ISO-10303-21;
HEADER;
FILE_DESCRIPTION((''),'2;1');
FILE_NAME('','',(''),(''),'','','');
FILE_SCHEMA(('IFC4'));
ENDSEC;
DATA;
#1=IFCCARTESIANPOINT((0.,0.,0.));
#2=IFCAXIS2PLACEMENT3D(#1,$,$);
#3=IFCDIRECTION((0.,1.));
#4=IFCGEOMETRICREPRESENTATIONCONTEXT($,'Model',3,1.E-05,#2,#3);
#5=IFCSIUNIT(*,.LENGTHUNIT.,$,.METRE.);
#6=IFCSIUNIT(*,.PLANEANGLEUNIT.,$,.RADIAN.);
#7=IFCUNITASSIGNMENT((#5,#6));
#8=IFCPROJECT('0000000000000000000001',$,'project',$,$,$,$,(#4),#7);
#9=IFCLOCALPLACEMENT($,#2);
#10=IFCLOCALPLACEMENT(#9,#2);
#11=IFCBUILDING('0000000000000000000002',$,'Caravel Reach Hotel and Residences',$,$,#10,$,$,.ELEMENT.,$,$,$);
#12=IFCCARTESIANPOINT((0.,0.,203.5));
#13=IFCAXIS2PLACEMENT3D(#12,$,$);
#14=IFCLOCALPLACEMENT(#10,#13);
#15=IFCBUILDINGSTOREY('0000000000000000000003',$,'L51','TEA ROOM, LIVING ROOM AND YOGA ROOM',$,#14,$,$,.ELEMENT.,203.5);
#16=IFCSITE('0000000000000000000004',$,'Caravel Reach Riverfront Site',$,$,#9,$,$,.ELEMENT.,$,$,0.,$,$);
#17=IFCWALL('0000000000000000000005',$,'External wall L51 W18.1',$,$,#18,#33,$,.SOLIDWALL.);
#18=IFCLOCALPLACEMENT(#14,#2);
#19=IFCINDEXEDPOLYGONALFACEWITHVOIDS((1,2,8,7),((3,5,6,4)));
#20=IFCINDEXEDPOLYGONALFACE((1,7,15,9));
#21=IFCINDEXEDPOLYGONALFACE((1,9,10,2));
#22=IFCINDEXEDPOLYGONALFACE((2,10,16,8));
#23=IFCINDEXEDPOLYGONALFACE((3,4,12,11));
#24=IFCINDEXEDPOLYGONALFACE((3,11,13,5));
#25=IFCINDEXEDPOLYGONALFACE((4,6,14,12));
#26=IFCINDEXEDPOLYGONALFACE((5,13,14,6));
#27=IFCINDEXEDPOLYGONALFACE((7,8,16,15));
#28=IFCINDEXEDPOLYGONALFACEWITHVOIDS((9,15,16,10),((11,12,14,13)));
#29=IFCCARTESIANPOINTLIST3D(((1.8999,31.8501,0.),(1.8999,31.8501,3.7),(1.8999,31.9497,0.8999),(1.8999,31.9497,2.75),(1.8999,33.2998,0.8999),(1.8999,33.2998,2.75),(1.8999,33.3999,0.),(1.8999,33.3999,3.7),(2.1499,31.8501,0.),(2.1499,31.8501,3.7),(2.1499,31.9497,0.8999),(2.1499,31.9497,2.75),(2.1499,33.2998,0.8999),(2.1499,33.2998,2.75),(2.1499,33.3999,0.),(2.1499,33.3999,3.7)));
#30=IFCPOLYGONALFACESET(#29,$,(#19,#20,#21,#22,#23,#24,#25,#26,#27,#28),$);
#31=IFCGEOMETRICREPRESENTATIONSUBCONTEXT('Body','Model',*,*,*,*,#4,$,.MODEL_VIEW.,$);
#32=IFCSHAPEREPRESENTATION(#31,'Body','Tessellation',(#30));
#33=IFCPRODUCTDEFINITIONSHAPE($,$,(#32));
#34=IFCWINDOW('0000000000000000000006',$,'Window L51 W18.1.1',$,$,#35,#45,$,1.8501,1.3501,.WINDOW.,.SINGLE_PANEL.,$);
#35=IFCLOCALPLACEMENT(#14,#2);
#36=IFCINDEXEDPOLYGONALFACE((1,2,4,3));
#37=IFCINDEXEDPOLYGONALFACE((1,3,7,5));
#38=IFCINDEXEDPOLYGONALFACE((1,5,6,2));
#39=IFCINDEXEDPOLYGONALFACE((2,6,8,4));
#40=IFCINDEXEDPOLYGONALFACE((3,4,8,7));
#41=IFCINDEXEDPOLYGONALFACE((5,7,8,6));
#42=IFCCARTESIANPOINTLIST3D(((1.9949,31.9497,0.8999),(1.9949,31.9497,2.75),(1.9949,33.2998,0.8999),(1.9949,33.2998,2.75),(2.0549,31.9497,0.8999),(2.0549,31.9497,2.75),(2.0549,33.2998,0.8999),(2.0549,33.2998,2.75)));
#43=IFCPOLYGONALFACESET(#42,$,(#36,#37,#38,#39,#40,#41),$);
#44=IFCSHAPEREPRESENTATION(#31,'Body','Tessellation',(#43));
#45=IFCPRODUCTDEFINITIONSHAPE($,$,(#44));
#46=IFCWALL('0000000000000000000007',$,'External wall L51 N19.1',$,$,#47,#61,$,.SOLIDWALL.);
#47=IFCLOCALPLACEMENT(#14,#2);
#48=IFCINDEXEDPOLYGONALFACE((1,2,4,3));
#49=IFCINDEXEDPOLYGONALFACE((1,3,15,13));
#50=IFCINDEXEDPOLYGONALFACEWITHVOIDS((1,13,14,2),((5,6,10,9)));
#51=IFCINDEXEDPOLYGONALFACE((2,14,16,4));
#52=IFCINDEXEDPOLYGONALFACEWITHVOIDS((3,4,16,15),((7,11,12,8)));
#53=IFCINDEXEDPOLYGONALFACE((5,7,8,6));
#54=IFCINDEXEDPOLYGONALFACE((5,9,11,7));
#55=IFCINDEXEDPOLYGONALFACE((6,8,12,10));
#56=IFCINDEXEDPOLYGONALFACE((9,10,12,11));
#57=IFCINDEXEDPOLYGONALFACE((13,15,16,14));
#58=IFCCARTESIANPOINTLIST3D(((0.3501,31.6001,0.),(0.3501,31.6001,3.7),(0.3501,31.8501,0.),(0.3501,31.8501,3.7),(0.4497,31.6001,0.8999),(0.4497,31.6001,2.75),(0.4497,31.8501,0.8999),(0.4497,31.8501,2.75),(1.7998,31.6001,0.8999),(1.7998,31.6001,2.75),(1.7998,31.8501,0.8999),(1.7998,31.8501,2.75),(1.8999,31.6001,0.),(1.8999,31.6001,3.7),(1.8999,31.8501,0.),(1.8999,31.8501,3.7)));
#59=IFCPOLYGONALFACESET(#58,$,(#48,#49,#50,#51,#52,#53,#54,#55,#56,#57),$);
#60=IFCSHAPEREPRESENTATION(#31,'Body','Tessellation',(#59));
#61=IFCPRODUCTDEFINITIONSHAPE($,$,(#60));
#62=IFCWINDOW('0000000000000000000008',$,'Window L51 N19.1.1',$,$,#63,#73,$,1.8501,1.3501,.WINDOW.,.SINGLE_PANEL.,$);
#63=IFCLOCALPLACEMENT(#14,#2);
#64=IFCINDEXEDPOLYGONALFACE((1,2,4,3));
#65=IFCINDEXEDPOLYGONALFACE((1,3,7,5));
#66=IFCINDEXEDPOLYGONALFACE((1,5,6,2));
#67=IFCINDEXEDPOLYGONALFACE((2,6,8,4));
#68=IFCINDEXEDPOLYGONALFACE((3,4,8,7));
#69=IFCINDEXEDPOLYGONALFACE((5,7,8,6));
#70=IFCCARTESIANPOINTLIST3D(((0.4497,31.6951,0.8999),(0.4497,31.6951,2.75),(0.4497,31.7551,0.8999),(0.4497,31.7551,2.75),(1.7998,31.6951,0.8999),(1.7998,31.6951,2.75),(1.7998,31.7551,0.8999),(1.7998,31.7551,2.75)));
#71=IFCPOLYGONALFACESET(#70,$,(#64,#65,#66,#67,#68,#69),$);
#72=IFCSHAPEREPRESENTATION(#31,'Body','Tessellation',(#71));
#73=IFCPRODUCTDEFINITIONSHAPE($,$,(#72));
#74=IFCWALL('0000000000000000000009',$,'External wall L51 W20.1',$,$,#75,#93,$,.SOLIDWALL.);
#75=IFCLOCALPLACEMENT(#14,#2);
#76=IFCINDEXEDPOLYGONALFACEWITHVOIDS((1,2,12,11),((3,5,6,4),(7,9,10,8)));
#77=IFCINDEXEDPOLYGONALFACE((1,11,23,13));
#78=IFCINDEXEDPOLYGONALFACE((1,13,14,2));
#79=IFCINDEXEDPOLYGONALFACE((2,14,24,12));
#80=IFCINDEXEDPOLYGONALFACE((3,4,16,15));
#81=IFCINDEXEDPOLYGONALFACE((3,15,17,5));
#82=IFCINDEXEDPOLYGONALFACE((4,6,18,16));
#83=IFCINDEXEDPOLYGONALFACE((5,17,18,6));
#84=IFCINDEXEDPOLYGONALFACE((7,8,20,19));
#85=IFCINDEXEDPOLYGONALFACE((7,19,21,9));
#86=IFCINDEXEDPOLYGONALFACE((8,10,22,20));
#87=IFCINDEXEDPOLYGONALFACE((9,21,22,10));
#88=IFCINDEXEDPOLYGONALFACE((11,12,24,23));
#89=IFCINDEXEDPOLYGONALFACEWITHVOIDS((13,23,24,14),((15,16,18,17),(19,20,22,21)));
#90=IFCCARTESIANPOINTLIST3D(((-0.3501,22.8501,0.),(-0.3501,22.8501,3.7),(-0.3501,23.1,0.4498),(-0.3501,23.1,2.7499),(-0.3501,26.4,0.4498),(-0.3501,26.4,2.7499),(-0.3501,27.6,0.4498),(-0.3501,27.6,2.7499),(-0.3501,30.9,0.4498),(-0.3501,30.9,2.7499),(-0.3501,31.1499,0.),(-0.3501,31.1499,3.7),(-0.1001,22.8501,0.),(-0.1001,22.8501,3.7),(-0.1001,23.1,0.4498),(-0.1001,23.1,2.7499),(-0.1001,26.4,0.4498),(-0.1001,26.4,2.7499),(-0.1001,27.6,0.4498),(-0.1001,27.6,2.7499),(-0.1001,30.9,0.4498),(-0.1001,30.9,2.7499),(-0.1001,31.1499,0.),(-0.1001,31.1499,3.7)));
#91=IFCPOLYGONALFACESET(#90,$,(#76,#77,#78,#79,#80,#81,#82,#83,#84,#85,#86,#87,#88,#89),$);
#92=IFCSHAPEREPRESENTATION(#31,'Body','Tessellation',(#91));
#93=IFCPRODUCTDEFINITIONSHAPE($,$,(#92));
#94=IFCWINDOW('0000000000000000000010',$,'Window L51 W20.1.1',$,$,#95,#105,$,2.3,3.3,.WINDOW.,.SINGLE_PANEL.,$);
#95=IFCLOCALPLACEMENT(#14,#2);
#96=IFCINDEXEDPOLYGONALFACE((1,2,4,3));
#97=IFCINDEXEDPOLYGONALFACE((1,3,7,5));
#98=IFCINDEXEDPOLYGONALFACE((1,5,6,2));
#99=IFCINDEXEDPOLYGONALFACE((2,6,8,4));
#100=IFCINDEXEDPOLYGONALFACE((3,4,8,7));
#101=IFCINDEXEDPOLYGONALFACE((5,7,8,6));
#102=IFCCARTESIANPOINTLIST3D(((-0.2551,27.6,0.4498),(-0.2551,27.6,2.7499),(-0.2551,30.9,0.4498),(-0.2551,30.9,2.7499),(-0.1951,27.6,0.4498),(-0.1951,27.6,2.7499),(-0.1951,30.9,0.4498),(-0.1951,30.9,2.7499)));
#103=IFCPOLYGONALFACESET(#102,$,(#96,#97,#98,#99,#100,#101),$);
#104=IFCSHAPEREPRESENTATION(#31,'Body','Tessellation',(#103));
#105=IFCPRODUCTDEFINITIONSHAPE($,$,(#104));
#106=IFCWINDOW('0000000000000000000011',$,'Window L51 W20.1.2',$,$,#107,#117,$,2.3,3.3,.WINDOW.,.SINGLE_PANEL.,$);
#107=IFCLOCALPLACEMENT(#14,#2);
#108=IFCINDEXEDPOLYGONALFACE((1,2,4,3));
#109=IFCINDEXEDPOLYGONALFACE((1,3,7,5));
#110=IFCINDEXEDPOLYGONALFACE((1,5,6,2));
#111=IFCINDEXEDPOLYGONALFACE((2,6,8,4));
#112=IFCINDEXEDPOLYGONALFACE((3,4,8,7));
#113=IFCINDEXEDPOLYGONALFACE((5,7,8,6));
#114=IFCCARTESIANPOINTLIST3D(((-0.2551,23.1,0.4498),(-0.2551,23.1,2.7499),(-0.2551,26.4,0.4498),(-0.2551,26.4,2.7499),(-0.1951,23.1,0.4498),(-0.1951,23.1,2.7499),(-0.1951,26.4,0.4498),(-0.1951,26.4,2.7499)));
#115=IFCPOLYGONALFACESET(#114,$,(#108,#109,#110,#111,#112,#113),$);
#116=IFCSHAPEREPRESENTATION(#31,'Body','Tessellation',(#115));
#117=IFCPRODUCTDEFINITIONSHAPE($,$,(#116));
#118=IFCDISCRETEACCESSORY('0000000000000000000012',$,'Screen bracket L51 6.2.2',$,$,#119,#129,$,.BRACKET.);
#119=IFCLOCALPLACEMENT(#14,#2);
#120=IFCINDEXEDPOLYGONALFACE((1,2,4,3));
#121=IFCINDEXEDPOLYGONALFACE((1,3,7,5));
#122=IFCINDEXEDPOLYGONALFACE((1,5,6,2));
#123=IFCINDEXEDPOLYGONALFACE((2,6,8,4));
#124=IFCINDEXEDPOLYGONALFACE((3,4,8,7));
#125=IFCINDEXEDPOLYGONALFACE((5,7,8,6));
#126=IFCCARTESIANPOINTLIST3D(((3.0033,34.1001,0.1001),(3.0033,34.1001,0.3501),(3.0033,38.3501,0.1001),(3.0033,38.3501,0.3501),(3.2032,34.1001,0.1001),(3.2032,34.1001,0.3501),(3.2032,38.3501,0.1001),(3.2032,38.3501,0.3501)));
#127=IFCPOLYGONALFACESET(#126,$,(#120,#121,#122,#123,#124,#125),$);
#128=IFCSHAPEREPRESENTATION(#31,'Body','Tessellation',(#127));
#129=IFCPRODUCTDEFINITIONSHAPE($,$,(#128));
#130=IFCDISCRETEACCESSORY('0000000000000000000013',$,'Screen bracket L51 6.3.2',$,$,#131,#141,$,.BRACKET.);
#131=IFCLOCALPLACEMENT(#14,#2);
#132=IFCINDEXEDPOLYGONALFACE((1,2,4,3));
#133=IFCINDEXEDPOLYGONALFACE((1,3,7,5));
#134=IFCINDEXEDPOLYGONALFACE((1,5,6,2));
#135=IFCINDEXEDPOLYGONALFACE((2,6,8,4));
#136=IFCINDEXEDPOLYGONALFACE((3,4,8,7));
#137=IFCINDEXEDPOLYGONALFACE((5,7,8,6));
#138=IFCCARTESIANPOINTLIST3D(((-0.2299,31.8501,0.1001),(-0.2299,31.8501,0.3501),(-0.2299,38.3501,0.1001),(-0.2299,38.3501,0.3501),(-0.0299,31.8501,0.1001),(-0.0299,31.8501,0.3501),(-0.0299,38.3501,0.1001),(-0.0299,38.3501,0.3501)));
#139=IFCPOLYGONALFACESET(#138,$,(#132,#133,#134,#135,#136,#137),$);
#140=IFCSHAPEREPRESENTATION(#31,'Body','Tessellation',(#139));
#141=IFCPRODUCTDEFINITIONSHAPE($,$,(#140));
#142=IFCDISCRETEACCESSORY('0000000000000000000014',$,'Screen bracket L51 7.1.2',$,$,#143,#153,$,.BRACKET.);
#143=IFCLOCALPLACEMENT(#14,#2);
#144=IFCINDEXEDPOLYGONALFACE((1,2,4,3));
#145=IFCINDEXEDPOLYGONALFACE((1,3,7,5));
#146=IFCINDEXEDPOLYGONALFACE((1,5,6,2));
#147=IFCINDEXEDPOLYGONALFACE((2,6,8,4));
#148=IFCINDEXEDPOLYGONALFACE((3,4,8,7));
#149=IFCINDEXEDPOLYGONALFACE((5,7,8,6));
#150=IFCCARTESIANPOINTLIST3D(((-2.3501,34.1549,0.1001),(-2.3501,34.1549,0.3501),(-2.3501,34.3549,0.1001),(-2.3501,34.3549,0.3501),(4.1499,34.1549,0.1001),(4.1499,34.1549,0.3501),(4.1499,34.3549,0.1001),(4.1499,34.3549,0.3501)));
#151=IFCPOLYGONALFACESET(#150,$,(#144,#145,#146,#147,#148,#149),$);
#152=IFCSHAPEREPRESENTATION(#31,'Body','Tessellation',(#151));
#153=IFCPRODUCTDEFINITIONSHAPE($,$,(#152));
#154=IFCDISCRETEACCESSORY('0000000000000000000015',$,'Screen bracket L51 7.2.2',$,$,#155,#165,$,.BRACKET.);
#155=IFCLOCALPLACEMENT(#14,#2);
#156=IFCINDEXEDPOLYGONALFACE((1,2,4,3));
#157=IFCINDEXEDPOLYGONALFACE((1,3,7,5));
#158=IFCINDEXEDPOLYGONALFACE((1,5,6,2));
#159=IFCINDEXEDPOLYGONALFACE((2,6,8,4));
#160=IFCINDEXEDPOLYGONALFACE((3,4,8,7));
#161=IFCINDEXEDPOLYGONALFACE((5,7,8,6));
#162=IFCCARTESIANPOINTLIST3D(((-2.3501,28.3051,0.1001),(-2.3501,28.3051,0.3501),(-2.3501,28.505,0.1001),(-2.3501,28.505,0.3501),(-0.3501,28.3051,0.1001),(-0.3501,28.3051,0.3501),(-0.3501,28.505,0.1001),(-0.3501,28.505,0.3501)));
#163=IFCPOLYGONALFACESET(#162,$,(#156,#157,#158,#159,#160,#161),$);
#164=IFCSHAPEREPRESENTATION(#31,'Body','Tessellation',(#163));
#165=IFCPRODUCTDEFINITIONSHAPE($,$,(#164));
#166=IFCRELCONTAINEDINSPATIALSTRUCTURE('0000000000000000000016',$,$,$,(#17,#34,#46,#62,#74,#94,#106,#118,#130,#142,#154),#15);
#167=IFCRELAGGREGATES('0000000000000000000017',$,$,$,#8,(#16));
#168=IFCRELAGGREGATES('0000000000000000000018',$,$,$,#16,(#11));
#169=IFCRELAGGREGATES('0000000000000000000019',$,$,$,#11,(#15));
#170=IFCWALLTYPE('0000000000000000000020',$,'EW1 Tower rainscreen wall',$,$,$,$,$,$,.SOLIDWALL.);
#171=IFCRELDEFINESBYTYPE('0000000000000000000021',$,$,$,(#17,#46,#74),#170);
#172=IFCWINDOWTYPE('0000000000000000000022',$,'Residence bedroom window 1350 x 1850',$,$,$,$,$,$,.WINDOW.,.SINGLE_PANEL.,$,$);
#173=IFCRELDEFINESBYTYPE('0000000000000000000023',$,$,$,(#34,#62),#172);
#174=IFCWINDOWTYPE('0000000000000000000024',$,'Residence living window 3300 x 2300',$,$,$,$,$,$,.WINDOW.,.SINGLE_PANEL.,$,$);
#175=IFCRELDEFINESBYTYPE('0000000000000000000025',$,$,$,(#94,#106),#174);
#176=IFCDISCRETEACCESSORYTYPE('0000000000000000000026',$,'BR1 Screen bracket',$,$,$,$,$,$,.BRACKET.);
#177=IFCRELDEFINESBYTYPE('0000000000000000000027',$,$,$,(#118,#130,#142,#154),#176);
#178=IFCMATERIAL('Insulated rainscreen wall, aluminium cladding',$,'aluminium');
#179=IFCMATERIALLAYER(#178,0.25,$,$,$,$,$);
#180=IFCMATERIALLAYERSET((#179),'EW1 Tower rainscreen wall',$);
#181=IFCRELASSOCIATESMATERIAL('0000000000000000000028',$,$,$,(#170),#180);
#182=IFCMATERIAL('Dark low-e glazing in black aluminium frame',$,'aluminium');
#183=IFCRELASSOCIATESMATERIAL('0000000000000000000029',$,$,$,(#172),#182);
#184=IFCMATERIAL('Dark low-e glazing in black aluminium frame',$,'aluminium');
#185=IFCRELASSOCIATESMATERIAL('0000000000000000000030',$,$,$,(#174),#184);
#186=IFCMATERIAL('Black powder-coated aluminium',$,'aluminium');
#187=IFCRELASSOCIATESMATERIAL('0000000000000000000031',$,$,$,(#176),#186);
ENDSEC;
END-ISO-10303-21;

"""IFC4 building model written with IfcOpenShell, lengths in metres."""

from ifc_helpers import new_model, si_unit, direction, frame, frame_2d, origin, origin_2d, place, context, subcontext, project, spatial, rectangle, extrude, material, layer, layer_set, type_object, element, fill, save


model = new_model("IFC4")

# Units and contexts
model_context = context("Model", 3, precision=1e-05, world=origin(), true_north=direction((0.0, 1.0)))
body_context = subcontext(model_context, "Body", "Model", "MODEL_VIEW")
ifc_project = project(units=[si_unit("LENGTHUNIT", "METRE"), si_unit("PLANEANGLEUNIT", "RADIAN")], contexts=[model_context])

# Site, building, storey
site_placement = place(None, origin())
site = spatial("IfcSite", under=ifc_project, at=site_placement, Name="Caravel Reach Riverfront Site", CompositionType="ELEMENT", RefElevation=0.0)
building_placement = place(site_placement, origin())
building = spatial("IfcBuilding", under=site, at=building_placement, Name="Caravel Reach Hotel and Residences", CompositionType="ELEMENT")
storey_placement = place(building_placement, frame((0.0, 0.0, 203.5)))
storey = spatial("IfcBuildingStorey", under=building, at=storey_placement, Name="L51", Description="TEA ROOM, LIVING ROOM AND YOGA ROOM", CompositionType="ELEMENT", Elevation=203.5)

# Walls, openings, windows
ifc_material_1 = material(Name="Insulated rainscreen wall, aluminium cladding", Category="aluminium")
ifc_layer_1 = layer(ifc_material_1, 0.25)
ifc_layer_set_1 = layer_set([ifc_layer_1], Name="EW1 Tower rainscreen wall")
wall_type_1 = type_object("IfcWallType", Name="EW1 Tower rainscreen wall", PredefinedType="SOLIDWALL", material=ifc_layer_set_1)
ifc_material_2 = material(Name="Dark low-e glazing in black aluminium frame", Category="aluminium")
window_type_1 = type_object("IfcWindowType", Name="Residence bedroom window 1350 x 1850", PartitioningType="SINGLE_PANEL", PredefinedType="WINDOW", material=ifc_material_2)
wall_1_placement = place(storey_placement, frame((2.0249, 33.3999, 0.0), z_axis=(0.0, 0.0, 1.0), x_axis=(0.0, -1.0, 0.0)))
wall_1 = element("IfcWall", 1, at=wall_1_placement, inside=storey, type_object=wall_type_1, Name="External wall L51 W18.1", PredefinedType="SOLIDWALL", context=body_context, shape_type="SweptSolid", body=[
    extrude(rectangle(XDim=1.5498, YDim=0.25, at=frame_2d((0.7749, 0.0))), origin(), (0.0, 0.0, 1.0), 3.7),
])
opening_1_placement = place(wall_1_placement, frame((0.1001, 0.0, 0.8999)))
opening_1 = element("IfcOpeningElement", 2, at=opening_1_placement, cuts=wall_1, PredefinedType="OPENING", context=body_context, shape_type="SweptSolid", body=[
    extrude(rectangle(XDim=1.3501, YDim=1.8501, at=frame_2d((0.675, 0.925))), frame((0.0, 0.135, 0.0), z_axis=(0.0, -1.0, 0.0), x_axis=(1.0, 0.0, 0.0)), (0.0, 0.0, 1.0), 0.27),
])
window_1_placement = place(opening_1_placement, origin())
window_1 = element("IfcWindow", 3, at=window_1_placement, inside=storey, type_object=window_type_1, Name="Window L51 W18.1.1", OverallHeight=1.8501, OverallWidth=1.3501, PartitioningType="SINGLE_PANEL", PredefinedType="WINDOW", context=body_context, shape_type="SweptSolid", body=[
    extrude(rectangle(XDim=1.3501, YDim=1.8501, at=frame_2d((0.675, 0.925))), frame((0.0, 0.03, 0.0), z_axis=(0.0, -1.0, 0.0), x_axis=(1.0, 0.0, 0.0)), (0.0, 0.0, 1.0), 0.0601),
])
fill(opening_1, window_1)
wall_2_placement = place(storey_placement, frame((1.8999, 31.7251, 0.0), z_axis=(0.0, 0.0, 1.0), x_axis=(-1.0, 0.0, 0.0)))
wall_2 = element("IfcWall", 4, at=wall_2_placement, inside=storey, type_object=wall_type_1, Name="External wall L51 N19.1", PredefinedType="SOLIDWALL", context=body_context, shape_type="SweptSolid", body=[
    extrude(rectangle(XDim=1.5498, YDim=0.25, at=frame_2d((0.7749, 0.0))), origin(), (0.0, 0.0, 1.0), 3.7),
])
opening_2_placement = place(wall_2_placement, frame((0.1001, 0.0, 0.8999)))
opening_2 = element("IfcOpeningElement", 5, at=opening_2_placement, cuts=wall_2, PredefinedType="OPENING", context=body_context, shape_type="SweptSolid", body=[
    extrude(rectangle(XDim=1.3501, YDim=1.8501, at=frame_2d((0.675, 0.925))), frame((0.0, 0.135, 0.0), z_axis=(0.0, -1.0, 0.0), x_axis=(1.0, 0.0, 0.0)), (0.0, 0.0, 1.0), 0.27),
])
window_2_placement = place(opening_2_placement, origin())
window_2 = element("IfcWindow", 6, at=window_2_placement, inside=storey, type_object=window_type_1, Name="Window L51 N19.1.1", OverallHeight=1.8501, OverallWidth=1.3501, PartitioningType="SINGLE_PANEL", PredefinedType="WINDOW", context=body_context, shape_type="SweptSolid", body=[
    extrude(rectangle(XDim=1.3501, YDim=1.8501, at=frame_2d((0.675, 0.925))), frame((0.0, 0.03, 0.0), z_axis=(0.0, -1.0, 0.0), x_axis=(1.0, 0.0, 0.0)), (0.0, 0.0, 1.0), 0.0601),
])
fill(opening_2, window_2)

# Wall, openings, windows
wall_3_placement = place(storey_placement, frame((-0.2251, 31.1499, 0.0), z_axis=(0.0, 0.0, 1.0), x_axis=(0.0, -1.0, 0.0)))
wall_3 = element("IfcWall", 7, at=wall_3_placement, inside=storey, type_object=wall_type_1, Name="External wall L51 W20.1", PredefinedType="SOLIDWALL", context=body_context, shape_type="SweptSolid", body=[
    extrude(rectangle(XDim=8.2998, YDim=0.25, at=frame_2d((4.1499, 0.0))), origin(), (0.0, 0.0, 1.0), 3.7),
])
opening_3_placement = place(wall_3_placement, frame((0.25, 0.0, 0.45)))
opening_3 = element("IfcOpeningElement", 8, at=opening_3_placement, cuts=wall_3, PredefinedType="OPENING", context=body_context, shape_type="SweptSolid", body=[
    extrude(rectangle(XDim=3.3, YDim=2.3, at=frame_2d((1.6499, 1.1499))), frame((0.0, 0.135, 0.0), z_axis=(0.0, -1.0, 0.0), x_axis=(1.0, 0.0, 0.0)), (0.0, 0.0, 1.0), 0.27),
])
opening_4_placement = place(wall_3_placement, frame((4.75, 0.0, 0.45)))
opening_4 = element("IfcOpeningElement", 9, at=opening_4_placement, cuts=wall_3, PredefinedType="OPENING", context=body_context, shape_type="SweptSolid", body=[
    extrude(rectangle(XDim=3.3, YDim=2.3, at=frame_2d((1.6499, 1.1499))), frame((0.0, 0.135, 0.0), z_axis=(0.0, -1.0, 0.0), x_axis=(1.0, 0.0, 0.0)), (0.0, 0.0, 1.0), 0.27),
])
ifc_material_3 = material(Name="Dark low-e glazing in black aluminium frame", Category="aluminium")
window_type_2 = type_object("IfcWindowType", Name="Residence living window 3300 x 2300", PartitioningType="SINGLE_PANEL", PredefinedType="WINDOW", material=ifc_material_3)
window_3_placement = place(opening_3_placement, origin())
window_3 = element("IfcWindow", 10, at=window_3_placement, inside=storey, type_object=window_type_2, Name="Window L51 W20.1.1", OverallHeight=2.3, OverallWidth=3.3, PartitioningType="SINGLE_PANEL", PredefinedType="WINDOW", context=body_context, shape_type="SweptSolid", body=[
    extrude(rectangle(XDim=3.3, YDim=2.3, at=frame_2d((1.6499, 1.1499))), frame((0.0, 0.03, 0.0), z_axis=(0.0, -1.0, 0.0), x_axis=(1.0, 0.0, 0.0)), (0.0, 0.0, 1.0), 0.0601),
])
fill(opening_3, window_3)
window_4_placement = place(opening_4_placement, origin())
window_4 = element("IfcWindow", 11, at=window_4_placement, inside=storey, type_object=window_type_2, Name="Window L51 W20.1.2", OverallHeight=2.3, OverallWidth=3.3, PartitioningType="SINGLE_PANEL", PredefinedType="WINDOW", context=body_context, shape_type="SweptSolid", body=[
    extrude(rectangle(XDim=3.3, YDim=2.3, at=frame_2d((1.6499, 1.1499))), frame((0.0, 0.03, 0.0), z_axis=(0.0, -1.0, 0.0), x_axis=(1.0, 0.0, 0.0)), (0.0, 0.0, 1.0), 0.0601),
])
fill(opening_4, window_4)

# Discrete accessories
ifc_material_4 = material(Name="Black powder-coated aluminium", Category="aluminium")
discrete_accessory_type = type_object("IfcDiscreteAccessoryType", Name="BR1 Screen bracket", PredefinedType="BRACKET", material=ifc_material_4)
discrete_accessory_1_placement = place(storey_placement, frame((3.1033, 36.2251, 0.1001), z_axis=(0.0, 0.0, 1.0), x_axis=(0.0, 1.0, 0.0)))
element("IfcDiscreteAccessory", 12, at=discrete_accessory_1_placement, inside=storey, type_object=discrete_accessory_type, Name="Screen bracket L51 6.2.2", PredefinedType="BRACKET", context=body_context, shape_type="SweptSolid", body=[
    extrude(rectangle(XDim=4.25, YDim=0.2, at=origin_2d()), origin(), (0.0, 0.0, 1.0), 0.25),
])
for number, where, z_axis, x_axis, name in (
    (13, (-0.1299, 35.1001, 0.1001), (0.0, 0.0, 1.0), (0.0, 1.0, 0.0), "Screen bracket L51 6.3.2"),
    (14, (0.8999, 34.2549, 0.1001), (0.0, 0.0, 1.0), (-1.0, 0.0, 0.0), "Screen bracket L51 7.1.2"),
):
    element("IfcDiscreteAccessory", number, at=place(storey_placement, frame(where, z_axis=z_axis, x_axis=x_axis)), inside=storey, type_object=discrete_accessory_type, Name=name, PredefinedType="BRACKET", context=body_context, shape_type="SweptSolid", body=[
        extrude(rectangle(XDim=6.5, YDim=0.2, at=origin_2d()), origin(), (0.0, 0.0, 1.0), 0.25),
    ])
discrete_accessory_2_placement = place(storey_placement, frame((-1.3501, 28.405, 0.1001), z_axis=(0.0, 0.0, 1.0), x_axis=(-1.0, 0.0, 0.0)))
element("IfcDiscreteAccessory", 15, at=discrete_accessory_2_placement, inside=storey, type_object=discrete_accessory_type, Name="Screen bracket L51 7.2.2", PredefinedType="BRACKET", context=body_context, shape_type="SweptSolid", body=[
    extrude(rectangle(XDim=2.0, YDim=0.2, at=origin_2d()), origin(), (0.0, 0.0, 1.0), 0.25),
])

save(model, "model.ifc")
